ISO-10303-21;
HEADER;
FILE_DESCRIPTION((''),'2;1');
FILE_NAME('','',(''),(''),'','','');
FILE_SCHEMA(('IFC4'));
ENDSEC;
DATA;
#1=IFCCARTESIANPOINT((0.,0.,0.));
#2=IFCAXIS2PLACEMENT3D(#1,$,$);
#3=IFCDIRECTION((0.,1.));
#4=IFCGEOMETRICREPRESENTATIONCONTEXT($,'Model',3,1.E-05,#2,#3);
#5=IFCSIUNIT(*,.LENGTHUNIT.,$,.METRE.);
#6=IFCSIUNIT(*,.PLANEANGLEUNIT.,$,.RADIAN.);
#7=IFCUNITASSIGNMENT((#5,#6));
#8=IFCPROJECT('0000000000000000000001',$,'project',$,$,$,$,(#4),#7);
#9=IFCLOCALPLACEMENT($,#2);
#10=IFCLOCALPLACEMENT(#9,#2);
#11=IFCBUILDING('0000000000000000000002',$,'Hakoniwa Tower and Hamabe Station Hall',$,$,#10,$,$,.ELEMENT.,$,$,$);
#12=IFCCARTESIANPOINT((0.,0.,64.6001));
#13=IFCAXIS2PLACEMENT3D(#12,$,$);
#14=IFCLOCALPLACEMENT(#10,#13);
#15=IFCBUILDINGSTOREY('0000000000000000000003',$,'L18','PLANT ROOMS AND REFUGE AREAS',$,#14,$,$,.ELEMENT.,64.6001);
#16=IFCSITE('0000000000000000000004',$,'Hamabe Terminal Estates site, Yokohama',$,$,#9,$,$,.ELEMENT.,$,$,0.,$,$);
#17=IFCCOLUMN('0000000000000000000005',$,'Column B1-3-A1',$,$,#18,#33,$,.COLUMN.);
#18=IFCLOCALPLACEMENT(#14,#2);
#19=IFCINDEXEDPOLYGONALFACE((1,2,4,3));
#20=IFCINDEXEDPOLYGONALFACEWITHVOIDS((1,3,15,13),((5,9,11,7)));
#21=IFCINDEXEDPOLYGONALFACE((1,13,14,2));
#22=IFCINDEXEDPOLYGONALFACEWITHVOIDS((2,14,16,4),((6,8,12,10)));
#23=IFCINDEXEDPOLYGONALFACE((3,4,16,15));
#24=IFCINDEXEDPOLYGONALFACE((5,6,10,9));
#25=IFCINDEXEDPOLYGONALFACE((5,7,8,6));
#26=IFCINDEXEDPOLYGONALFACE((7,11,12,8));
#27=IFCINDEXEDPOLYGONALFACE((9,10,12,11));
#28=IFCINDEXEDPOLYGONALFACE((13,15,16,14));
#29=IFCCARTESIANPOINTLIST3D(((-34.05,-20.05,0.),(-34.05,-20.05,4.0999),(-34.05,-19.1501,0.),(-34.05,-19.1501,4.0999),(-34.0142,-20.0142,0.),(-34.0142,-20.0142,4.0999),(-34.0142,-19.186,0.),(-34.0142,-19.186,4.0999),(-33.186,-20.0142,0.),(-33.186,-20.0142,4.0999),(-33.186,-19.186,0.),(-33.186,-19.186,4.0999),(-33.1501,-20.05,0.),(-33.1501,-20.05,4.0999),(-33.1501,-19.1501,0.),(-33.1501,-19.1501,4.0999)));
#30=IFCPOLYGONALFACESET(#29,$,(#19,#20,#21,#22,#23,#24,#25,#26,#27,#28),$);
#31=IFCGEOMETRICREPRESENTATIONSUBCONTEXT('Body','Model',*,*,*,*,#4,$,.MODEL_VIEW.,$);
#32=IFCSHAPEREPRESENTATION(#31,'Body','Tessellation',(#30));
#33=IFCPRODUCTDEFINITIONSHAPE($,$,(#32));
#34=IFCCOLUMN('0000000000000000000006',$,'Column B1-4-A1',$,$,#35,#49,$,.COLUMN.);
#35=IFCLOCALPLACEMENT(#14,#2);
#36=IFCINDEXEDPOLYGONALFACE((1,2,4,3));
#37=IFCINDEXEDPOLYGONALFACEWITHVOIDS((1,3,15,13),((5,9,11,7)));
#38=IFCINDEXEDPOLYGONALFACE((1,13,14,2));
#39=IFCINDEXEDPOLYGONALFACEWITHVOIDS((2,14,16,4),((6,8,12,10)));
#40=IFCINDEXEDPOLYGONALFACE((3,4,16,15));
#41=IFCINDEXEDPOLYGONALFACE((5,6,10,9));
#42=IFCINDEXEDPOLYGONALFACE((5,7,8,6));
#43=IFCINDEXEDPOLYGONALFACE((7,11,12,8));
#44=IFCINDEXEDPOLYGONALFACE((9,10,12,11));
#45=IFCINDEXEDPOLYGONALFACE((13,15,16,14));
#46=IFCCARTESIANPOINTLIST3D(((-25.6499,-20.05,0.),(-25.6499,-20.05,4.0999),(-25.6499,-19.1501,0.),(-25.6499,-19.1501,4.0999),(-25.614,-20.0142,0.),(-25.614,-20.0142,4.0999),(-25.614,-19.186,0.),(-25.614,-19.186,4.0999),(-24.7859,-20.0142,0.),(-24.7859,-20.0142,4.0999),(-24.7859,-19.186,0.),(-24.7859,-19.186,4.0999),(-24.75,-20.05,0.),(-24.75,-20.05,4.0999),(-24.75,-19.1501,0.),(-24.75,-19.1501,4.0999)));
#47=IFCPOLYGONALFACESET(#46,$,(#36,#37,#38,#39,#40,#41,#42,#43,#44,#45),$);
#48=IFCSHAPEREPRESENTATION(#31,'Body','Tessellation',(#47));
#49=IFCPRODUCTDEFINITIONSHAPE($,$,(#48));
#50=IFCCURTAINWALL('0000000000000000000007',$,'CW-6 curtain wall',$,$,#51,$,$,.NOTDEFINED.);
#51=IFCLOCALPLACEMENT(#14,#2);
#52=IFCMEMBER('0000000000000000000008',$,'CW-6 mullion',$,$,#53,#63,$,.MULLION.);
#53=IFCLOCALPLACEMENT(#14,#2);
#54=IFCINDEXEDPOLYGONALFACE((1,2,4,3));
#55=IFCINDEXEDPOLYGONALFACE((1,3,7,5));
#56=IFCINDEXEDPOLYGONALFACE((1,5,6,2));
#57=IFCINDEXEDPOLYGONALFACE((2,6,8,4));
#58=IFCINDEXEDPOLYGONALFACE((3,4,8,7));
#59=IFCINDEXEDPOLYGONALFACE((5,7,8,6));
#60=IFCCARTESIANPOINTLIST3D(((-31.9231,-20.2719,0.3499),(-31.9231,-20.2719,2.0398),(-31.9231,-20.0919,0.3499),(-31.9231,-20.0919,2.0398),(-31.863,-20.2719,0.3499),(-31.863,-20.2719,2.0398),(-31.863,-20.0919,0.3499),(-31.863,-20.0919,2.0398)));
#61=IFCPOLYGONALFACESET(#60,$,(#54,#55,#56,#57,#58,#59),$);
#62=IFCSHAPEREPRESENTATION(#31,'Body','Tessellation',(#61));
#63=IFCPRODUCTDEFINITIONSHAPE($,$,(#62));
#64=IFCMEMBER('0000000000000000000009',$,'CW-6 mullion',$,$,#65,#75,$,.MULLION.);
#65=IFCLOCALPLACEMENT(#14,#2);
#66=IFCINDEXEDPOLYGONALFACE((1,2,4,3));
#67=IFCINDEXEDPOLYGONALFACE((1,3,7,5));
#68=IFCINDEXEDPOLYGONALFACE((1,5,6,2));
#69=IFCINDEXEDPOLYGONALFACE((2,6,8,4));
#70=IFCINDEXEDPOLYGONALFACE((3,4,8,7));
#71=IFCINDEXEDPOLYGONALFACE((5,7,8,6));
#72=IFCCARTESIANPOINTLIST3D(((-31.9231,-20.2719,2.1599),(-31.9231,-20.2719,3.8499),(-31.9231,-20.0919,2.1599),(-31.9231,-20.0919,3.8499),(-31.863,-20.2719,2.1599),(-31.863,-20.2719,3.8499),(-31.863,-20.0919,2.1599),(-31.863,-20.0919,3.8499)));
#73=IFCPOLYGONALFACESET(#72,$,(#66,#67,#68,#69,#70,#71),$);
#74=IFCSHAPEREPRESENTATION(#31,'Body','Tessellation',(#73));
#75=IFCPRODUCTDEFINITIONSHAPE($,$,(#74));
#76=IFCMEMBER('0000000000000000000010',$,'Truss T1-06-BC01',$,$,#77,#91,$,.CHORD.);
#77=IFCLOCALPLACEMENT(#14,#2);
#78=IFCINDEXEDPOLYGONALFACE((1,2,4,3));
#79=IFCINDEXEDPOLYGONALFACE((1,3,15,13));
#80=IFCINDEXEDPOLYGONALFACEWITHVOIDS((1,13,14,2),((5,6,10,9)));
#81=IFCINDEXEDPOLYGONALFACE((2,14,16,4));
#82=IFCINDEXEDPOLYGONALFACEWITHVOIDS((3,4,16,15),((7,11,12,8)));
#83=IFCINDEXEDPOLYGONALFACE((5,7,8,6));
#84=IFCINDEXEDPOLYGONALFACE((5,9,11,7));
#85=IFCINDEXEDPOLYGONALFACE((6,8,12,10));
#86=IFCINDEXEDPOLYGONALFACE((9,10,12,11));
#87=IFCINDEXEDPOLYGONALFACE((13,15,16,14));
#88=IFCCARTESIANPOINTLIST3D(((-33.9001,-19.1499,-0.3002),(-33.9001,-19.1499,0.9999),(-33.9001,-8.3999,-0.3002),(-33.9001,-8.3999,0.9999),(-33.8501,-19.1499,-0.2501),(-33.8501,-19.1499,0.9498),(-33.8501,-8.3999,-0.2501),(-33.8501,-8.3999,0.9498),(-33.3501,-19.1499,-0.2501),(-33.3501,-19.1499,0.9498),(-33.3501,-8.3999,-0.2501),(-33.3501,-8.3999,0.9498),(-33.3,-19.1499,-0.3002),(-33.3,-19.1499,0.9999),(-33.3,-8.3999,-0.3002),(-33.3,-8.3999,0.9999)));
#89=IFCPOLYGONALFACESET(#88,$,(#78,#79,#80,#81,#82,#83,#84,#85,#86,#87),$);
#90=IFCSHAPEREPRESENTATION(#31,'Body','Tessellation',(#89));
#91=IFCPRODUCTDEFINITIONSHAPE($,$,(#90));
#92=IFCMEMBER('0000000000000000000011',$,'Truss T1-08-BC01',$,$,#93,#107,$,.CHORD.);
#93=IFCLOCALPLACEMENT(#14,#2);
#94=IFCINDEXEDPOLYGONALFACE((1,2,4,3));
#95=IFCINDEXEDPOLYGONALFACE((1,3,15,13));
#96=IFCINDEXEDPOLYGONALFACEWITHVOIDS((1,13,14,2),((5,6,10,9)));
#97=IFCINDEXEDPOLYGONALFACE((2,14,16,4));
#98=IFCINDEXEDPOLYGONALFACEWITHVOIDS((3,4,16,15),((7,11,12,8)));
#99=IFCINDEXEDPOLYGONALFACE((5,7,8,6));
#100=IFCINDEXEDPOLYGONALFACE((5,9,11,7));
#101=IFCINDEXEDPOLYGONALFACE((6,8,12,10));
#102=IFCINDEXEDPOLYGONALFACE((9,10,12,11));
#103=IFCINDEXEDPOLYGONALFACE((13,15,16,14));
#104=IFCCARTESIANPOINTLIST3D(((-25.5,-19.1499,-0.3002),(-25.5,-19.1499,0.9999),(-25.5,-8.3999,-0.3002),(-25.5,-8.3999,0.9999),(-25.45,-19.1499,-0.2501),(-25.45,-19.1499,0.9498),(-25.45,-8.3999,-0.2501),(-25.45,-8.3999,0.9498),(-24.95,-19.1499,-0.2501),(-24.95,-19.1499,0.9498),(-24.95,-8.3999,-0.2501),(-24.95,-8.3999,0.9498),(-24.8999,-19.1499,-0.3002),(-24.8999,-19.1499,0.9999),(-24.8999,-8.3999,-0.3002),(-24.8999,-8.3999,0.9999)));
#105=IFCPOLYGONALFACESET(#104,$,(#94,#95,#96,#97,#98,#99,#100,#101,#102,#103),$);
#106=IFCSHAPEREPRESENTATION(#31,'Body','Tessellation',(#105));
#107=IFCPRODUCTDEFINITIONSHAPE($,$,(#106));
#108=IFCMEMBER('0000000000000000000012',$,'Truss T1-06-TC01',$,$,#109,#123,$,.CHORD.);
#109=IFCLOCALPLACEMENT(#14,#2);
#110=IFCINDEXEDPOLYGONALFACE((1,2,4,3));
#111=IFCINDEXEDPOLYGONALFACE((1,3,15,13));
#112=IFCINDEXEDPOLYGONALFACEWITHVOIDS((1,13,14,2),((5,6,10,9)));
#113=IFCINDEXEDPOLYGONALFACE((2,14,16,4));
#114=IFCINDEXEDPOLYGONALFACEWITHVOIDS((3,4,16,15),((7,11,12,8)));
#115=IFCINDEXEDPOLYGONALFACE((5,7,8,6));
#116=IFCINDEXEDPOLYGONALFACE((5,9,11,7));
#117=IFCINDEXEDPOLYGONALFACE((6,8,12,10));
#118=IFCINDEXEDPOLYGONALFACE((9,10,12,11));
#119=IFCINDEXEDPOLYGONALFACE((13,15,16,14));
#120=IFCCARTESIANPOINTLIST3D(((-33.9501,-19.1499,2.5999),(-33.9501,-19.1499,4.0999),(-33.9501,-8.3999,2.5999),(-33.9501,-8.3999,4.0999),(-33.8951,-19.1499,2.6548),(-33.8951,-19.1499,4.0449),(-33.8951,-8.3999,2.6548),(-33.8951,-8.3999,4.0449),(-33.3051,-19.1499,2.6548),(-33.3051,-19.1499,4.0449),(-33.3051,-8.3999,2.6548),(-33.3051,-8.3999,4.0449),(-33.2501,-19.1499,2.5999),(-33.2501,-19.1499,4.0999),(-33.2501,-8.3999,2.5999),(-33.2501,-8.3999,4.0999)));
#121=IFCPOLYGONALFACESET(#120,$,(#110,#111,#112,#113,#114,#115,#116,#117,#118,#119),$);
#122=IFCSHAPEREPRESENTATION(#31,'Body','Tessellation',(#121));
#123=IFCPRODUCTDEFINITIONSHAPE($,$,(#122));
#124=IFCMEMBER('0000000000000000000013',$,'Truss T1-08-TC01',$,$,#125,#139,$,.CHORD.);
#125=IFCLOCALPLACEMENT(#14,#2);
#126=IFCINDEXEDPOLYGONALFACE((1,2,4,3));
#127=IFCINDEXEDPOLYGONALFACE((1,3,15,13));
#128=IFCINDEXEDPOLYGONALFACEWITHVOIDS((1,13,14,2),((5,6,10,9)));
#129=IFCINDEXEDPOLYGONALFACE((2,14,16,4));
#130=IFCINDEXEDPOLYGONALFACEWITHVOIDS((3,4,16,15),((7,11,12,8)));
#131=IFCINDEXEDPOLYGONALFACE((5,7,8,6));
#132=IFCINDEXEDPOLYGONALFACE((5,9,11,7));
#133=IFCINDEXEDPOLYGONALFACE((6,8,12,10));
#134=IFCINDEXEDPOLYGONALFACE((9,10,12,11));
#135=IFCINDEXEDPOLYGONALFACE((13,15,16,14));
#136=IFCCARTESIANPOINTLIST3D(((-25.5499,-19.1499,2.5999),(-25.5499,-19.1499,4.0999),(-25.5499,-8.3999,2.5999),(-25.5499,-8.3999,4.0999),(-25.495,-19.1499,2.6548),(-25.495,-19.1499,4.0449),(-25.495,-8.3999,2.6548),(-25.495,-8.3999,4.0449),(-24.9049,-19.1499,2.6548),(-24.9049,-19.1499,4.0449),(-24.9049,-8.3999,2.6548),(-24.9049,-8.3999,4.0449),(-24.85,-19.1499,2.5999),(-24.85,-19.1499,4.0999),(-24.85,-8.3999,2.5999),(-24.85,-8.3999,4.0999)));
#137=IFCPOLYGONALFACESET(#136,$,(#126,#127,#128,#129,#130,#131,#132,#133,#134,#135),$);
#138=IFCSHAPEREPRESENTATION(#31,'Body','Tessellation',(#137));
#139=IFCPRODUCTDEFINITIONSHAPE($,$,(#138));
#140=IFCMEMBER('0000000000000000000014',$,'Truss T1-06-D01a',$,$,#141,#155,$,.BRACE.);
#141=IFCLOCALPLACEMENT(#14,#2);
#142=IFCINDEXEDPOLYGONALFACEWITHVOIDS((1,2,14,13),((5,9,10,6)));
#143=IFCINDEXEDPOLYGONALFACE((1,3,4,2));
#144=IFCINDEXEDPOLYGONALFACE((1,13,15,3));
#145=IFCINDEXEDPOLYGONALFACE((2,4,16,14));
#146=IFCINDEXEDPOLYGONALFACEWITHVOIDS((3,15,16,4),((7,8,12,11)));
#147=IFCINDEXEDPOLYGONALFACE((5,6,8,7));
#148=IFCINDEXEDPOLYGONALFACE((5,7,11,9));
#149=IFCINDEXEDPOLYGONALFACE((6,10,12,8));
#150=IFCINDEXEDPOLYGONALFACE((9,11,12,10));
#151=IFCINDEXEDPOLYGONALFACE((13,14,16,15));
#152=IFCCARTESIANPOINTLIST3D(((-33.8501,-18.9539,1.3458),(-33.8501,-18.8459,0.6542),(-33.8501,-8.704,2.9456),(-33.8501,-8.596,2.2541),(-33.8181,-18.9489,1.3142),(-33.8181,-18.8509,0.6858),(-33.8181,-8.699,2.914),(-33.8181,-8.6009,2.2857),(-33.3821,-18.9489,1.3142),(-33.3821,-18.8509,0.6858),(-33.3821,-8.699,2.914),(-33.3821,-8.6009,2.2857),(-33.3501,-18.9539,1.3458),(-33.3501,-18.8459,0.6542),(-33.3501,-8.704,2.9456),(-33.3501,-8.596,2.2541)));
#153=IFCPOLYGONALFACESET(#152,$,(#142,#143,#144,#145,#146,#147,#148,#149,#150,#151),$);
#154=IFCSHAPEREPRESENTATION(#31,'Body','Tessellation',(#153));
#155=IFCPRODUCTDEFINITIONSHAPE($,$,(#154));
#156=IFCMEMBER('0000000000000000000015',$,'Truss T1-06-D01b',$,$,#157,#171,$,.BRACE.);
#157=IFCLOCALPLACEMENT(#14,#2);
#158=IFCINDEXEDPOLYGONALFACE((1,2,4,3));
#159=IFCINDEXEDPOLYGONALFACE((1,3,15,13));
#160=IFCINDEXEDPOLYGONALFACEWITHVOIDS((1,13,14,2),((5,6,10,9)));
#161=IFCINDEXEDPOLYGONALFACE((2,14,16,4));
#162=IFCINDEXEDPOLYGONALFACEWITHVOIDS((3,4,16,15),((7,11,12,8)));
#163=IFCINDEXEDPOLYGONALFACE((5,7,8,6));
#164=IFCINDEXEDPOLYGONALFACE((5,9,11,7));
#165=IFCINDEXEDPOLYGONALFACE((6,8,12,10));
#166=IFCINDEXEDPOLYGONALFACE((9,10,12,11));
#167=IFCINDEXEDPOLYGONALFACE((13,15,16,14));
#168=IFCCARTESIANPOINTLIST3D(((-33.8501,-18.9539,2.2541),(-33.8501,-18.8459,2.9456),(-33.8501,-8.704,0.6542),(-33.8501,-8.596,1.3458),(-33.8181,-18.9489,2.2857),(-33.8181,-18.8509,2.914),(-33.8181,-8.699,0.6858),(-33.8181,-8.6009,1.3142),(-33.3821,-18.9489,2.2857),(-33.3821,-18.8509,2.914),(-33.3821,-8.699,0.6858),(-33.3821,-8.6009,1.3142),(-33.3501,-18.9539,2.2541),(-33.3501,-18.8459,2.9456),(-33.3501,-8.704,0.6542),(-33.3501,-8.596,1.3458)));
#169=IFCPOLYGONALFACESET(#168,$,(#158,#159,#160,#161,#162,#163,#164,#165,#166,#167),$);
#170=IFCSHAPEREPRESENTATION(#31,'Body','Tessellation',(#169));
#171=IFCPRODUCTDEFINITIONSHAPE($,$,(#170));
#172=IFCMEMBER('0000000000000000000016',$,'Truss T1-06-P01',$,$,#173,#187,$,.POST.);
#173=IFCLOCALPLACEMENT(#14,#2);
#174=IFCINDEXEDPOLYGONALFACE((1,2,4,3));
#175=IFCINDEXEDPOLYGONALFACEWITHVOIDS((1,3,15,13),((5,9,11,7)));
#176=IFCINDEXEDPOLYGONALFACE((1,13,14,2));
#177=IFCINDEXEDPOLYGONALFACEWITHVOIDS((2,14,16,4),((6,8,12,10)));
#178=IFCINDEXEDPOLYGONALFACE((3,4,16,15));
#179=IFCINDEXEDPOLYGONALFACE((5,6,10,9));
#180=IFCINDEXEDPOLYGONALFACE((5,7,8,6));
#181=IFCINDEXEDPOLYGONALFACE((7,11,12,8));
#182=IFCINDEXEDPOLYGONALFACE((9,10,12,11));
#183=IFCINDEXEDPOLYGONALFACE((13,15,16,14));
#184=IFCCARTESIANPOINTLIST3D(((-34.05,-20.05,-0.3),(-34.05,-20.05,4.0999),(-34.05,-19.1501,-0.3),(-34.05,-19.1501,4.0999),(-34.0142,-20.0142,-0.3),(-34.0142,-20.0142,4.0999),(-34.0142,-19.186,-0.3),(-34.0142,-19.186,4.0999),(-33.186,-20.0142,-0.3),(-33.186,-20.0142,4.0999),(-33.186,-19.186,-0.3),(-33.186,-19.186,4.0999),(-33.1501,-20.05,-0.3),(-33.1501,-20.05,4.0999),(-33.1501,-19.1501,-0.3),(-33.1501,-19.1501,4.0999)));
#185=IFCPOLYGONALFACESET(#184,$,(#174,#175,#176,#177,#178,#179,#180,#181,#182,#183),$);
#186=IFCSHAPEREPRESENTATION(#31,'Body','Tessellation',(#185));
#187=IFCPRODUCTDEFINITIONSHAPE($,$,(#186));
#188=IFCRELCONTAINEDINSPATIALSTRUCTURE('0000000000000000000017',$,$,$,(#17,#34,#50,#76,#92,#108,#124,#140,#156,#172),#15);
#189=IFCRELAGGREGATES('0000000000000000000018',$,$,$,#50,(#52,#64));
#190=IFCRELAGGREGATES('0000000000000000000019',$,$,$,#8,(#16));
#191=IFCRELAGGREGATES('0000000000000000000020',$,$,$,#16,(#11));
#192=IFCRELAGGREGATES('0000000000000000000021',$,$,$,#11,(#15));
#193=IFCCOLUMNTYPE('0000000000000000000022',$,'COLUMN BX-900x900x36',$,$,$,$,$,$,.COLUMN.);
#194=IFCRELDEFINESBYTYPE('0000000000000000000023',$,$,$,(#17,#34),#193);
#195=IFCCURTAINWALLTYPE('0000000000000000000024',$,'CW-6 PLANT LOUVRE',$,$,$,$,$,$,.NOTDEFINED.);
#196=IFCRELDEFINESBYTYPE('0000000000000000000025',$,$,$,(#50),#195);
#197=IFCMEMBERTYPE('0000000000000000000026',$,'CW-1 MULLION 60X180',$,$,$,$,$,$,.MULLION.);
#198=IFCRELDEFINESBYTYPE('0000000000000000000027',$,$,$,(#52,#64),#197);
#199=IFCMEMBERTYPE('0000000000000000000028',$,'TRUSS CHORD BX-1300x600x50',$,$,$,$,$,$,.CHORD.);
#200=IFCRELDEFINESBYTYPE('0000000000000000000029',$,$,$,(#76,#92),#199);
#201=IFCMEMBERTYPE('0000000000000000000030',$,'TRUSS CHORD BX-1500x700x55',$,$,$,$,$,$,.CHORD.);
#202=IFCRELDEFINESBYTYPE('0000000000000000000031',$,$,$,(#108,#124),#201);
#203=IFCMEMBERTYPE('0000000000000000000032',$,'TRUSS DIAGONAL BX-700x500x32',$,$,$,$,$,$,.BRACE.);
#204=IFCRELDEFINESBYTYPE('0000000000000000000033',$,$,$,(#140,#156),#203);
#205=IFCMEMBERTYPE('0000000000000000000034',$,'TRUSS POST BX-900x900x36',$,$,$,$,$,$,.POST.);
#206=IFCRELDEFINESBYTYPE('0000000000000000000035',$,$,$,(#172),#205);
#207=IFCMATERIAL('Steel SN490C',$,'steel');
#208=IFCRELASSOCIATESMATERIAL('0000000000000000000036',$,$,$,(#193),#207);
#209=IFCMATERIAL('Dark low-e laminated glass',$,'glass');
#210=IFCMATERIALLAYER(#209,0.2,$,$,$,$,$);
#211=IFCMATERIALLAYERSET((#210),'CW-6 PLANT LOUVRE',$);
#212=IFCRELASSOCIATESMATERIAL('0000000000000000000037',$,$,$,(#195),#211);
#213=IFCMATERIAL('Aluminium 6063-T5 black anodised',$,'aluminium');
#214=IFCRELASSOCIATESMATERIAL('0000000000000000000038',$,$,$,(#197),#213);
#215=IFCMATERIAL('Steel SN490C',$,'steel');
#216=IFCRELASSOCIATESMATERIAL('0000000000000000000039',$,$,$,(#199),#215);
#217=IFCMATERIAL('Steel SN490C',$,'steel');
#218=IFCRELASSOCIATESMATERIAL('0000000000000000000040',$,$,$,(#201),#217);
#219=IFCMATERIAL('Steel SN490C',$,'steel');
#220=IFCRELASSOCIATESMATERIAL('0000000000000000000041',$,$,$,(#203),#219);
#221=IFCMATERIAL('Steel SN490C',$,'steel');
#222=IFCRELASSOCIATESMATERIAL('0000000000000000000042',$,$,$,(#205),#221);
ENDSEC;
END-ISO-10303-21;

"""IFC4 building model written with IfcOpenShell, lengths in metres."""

from ifc_helpers import new_model, si_unit, direction, frame, origin, origin_2d, place, context, subcontext, project, spatial, rectangle, hollow_rectangle, extrude, material, layer, layer_set, material_profile, profile_set, type_object, element, aggregate, save


model = new_model("IFC4")

# Units and contexts
model_context = context("Model", 3, precision=1e-05, world=origin(), true_north=direction((0.0, 1.0)))
body_context = subcontext(model_context, "Body", "Model", "MODEL_VIEW")
ifc_project = project(units=[si_unit("LENGTHUNIT", "METRE"), si_unit("PLANEANGLEUNIT", "RADIAN")], contexts=[model_context])

# Site, building, storey
site_placement = place(None, origin())
site = spatial("IfcSite", under=ifc_project, at=site_placement, Name="Hamabe Terminal Estates site, Yokohama", CompositionType="ELEMENT", RefElevation=0.0)
building_placement = place(site_placement, origin())
building = spatial("IfcBuilding", under=site, at=building_placement, Name="Hakoniwa Tower and Hamabe Station Hall", CompositionType="ELEMENT")
storey_placement = place(building_placement, frame((0.0, 0.0, 64.6001)))
storey = spatial("IfcBuildingStorey", under=building, at=storey_placement, Name="L18", Description="PLANT ROOMS AND REFUGE AREAS", CompositionType="ELEMENT", Elevation=64.6001)

# Columns
ifc_material_1 = material(Name="Steel SN490C", Category="steel")
ifc_material_profile_1 = material_profile(ifc_material_1, hollow_rectangle(XDim=0.8999, YDim=0.8999, WallThickness=0.0359, at=origin_2d()), Name="BX-900x900x36")
ifc_profile_set_1 = profile_set([ifc_material_profile_1], Name="Steel SN490C")
column_type = type_object("IfcColumnType", Name="COLUMN BX-900x900x36", PredefinedType="COLUMN", material=ifc_profile_set_1)
for number, where, z_axis, x_axis, name in (
    (1, (-33.6001, -19.6001, 0.0), (0.0, 0.0, 1.0), (1.0, 0.0, 0.0), "Column B1-3-A1"),
    (2, (-25.2, -19.6001, 0.0), (0.0, 0.0, 1.0), (1.0, 0.0, 0.0), "Column B1-4-A1"),
):
    element("IfcColumn", number, at=place(storey_placement, frame(where, z_axis=z_axis, x_axis=x_axis)), inside=storey, type_object=column_type, Name=name, PredefinedType="COLUMN", context=body_context, shape_type="SweptSolid", body=[
        extrude(hollow_rectangle(XDim=0.8999, YDim=0.8999, WallThickness=0.0359, at=origin_2d()), origin(), (0.0, 0.0, 1.0), 4.0999),
    ])

# Curtain wall, members
ifc_material_2 = material(Name="Dark low-e laminated glass", Category="glass")
ifc_layer_1 = layer(ifc_material_2, 0.2)
ifc_layer_set_1 = layer_set([ifc_layer_1], Name="CW-6 PLANT LOUVRE")
curtain_wall_type = type_object("IfcCurtainWallType", Name="CW-6 PLANT LOUVRE", PredefinedType="NOTDEFINED", material=ifc_layer_set_1)
curtain_wall_placement = place(storey_placement, origin())
curtain_wall = element("IfcCurtainWall", 3, at=curtain_wall_placement, inside=storey, type_object=curtain_wall_type, Name="CW-6 curtain wall", PredefinedType="NOTDEFINED")
ifc_material_3 = material(Name="Aluminium 6063-T5 black anodised", Category="aluminium")
ifc_material_profile_2 = material_profile(ifc_material_3, rectangle(XDim=0.0601, YDim=0.1799, at=origin_2d()), Name="CW-1 MULLION 60X180")
ifc_profile_set_2 = profile_set([ifc_material_profile_2], Name="Aluminium 6063-T5 black anodised")
member_type_1 = type_object("IfcMemberType", Name="CW-1 MULLION 60X180", PredefinedType="MULLION", material=ifc_profile_set_2)
member_1_placement = place(storey_placement, frame((-31.8931, -20.1819, 0.3499), z_axis=(0.0, 0.0, 1.0), x_axis=(1.0, 0.0, 0.0)))
member_1 = element("IfcMember", 4, at=member_1_placement, type_object=member_type_1, Name="CW-6 mullion", PredefinedType="MULLION", context=body_context, shape_type="SweptSolid", body=[
    extrude(rectangle(XDim=0.0601, YDim=0.1799, at=origin_2d()), origin(), (0.0, 0.0, 1.0), 1.6899),
])
member_2_placement = place(storey_placement, frame((-31.8931, -20.1819, 2.1599), z_axis=(0.0, 0.0, 1.0), x_axis=(1.0, 0.0, 0.0)))
member_2 = element("IfcMember", 5, at=member_2_placement, type_object=member_type_1, Name="CW-6 mullion", PredefinedType="MULLION", context=body_context, shape_type="SweptSolid", body=[
    extrude(rectangle(XDim=0.0601, YDim=0.1799, at=origin_2d()), origin(), (0.0, 0.0, 1.0), 1.6899),
])

# Members
ifc_material_4 = material(Name="Steel SN490C", Category="steel")
ifc_material_profile_3 = material_profile(ifc_material_4, hollow_rectangle(XDim=0.6001, YDim=1.3, WallThickness=0.05, at=origin_2d()), Name="BX-1300x600x50")
ifc_profile_set_3 = profile_set([ifc_material_profile_3], Name="Steel SN490C")
member_type_2 = type_object("IfcMemberType", Name="TRUSS CHORD BX-1300x600x50", PredefinedType="CHORD", material=ifc_profile_set_3)
for number, where, z_axis, x_axis, name in (
    (6, (-33.6001, -19.1499, 0.3499), (0.0, 1.0, 0.0), (-1.0, 0.0, 0.0), "Truss T1-06-BC01"),
    (7, (-25.2, -19.1499, 0.3499), (0.0, 1.0, 0.0), (-1.0, 0.0, 0.0), "Truss T1-08-BC01"),
):
    element("IfcMember", number, at=place(storey_placement, frame(where, z_axis=z_axis, x_axis=x_axis)), inside=storey, type_object=member_type_2, Name=name, PredefinedType="CHORD", context=body_context, shape_type="SweptSolid", body=[
        extrude(hollow_rectangle(XDim=0.6001, YDim=1.3, WallThickness=0.05, at=origin_2d()), origin(), (0.0, 0.0, 1.0), 10.75),
    ])
ifc_material_5 = material(Name="Steel SN490C", Category="steel")
ifc_material_profile_4 = material_profile(ifc_material_5, hollow_rectangle(XDim=0.7, YDim=1.5, WallThickness=0.0549, at=origin_2d()), Name="BX-1500x700x55")
ifc_profile_set_4 = profile_set([ifc_material_profile_4], Name="Steel SN490C")
member_type_3 = type_object("IfcMemberType", Name="TRUSS CHORD BX-1500x700x55", PredefinedType="CHORD", material=ifc_profile_set_4)
for number, where, z_axis, x_axis, name in (
    (8, (-33.6001, -19.1499, 3.3499), (0.0, 1.0, 0.0), (-1.0, 0.0, 0.0), "Truss T1-06-TC01"),
    (9, (-25.2, -19.1499, 3.3499), (0.0, 1.0, 0.0), (-1.0, 0.0, 0.0), "Truss T1-08-TC01"),
):
    element("IfcMember", number, at=place(storey_placement, frame(where, z_axis=z_axis, x_axis=x_axis)), inside=storey, type_object=member_type_3, Name=name, PredefinedType="CHORD", context=body_context, shape_type="SweptSolid", body=[
        extrude(hollow_rectangle(XDim=0.7, YDim=1.5, WallThickness=0.0549, at=origin_2d()), origin(), (0.0, 0.0, 1.0), 10.75),
    ])
ifc_material_6 = material(Name="Steel SN490C", Category="steel")
ifc_material_profile_5 = material_profile(ifc_material_6, hollow_rectangle(XDim=0.5, YDim=0.7, WallThickness=0.032, at=origin_2d()), Name="BX-700x500x32")
ifc_profile_set_5 = profile_set([ifc_material_profile_5], Name="Steel SN490C")
member_type_4 = type_object("IfcMemberType", Name="TRUSS DIAGONAL BX-700x500x32", PredefinedType="BRACE", material=ifc_profile_set_5)
for number, where, z_axis, x_axis, name in (
    (10, (-33.6001, -18.8999, 1.0), (0.0, 0.988037, 0.154216), (-1.0, 0.0, 0.0), "Truss T1-06-D01a"),
    (11, (-33.6001, -18.8999, 2.5999), (0.0, 0.988037, -0.154216), (-1.0, 0.0, 0.0), "Truss T1-06-D01b"),
):
    element("IfcMember", number, at=place(storey_placement, frame(where, z_axis=z_axis, x_axis=x_axis)), inside=storey, type_object=member_type_4, Name=name, PredefinedType="BRACE", context=body_context, shape_type="SweptSolid", body=[
        extrude(hollow_rectangle(XDim=0.5, YDim=0.7, WallThickness=0.032, at=origin_2d()), origin(), (0.0, 0.0, 1.0), 10.374),
    ])
ifc_material_7 = material(Name="Steel SN490C", Category="steel")
ifc_material_profile_6 = material_profile(ifc_material_7, hollow_rectangle(XDim=0.8999, YDim=0.8999, WallThickness=0.0359, at=origin_2d()), Name="BX-900x900x36")
ifc_profile_set_6 = profile_set([ifc_material_profile_6], Name="Steel SN490C")
member_type_5 = type_object("IfcMemberType", Name="TRUSS POST BX-900x900x36", PredefinedType="POST", material=ifc_profile_set_6)
for number, where, z_axis, x_axis, name in (
    (12, (-33.6001, -19.6001, -0.3), (0.0, 0.0, 1.0), (1.0, 0.0, 0.0), "Truss T1-06-P01"),
):
    element("IfcMember", number, at=place(storey_placement, frame(where, z_axis=z_axis, x_axis=x_axis)), inside=storey, type_object=member_type_5, Name=name, PredefinedType="POST", context=body_context, shape_type="SweptSolid", body=[
        extrude(hollow_rectangle(XDim=0.8999, YDim=0.8999, WallThickness=0.0359, at=origin_2d()), origin(), (0.0, 0.0, 1.0), 4.3999),
    ])

aggregate(curtain_wall, [member_1, member_2])

save(model, "model.ifc")
